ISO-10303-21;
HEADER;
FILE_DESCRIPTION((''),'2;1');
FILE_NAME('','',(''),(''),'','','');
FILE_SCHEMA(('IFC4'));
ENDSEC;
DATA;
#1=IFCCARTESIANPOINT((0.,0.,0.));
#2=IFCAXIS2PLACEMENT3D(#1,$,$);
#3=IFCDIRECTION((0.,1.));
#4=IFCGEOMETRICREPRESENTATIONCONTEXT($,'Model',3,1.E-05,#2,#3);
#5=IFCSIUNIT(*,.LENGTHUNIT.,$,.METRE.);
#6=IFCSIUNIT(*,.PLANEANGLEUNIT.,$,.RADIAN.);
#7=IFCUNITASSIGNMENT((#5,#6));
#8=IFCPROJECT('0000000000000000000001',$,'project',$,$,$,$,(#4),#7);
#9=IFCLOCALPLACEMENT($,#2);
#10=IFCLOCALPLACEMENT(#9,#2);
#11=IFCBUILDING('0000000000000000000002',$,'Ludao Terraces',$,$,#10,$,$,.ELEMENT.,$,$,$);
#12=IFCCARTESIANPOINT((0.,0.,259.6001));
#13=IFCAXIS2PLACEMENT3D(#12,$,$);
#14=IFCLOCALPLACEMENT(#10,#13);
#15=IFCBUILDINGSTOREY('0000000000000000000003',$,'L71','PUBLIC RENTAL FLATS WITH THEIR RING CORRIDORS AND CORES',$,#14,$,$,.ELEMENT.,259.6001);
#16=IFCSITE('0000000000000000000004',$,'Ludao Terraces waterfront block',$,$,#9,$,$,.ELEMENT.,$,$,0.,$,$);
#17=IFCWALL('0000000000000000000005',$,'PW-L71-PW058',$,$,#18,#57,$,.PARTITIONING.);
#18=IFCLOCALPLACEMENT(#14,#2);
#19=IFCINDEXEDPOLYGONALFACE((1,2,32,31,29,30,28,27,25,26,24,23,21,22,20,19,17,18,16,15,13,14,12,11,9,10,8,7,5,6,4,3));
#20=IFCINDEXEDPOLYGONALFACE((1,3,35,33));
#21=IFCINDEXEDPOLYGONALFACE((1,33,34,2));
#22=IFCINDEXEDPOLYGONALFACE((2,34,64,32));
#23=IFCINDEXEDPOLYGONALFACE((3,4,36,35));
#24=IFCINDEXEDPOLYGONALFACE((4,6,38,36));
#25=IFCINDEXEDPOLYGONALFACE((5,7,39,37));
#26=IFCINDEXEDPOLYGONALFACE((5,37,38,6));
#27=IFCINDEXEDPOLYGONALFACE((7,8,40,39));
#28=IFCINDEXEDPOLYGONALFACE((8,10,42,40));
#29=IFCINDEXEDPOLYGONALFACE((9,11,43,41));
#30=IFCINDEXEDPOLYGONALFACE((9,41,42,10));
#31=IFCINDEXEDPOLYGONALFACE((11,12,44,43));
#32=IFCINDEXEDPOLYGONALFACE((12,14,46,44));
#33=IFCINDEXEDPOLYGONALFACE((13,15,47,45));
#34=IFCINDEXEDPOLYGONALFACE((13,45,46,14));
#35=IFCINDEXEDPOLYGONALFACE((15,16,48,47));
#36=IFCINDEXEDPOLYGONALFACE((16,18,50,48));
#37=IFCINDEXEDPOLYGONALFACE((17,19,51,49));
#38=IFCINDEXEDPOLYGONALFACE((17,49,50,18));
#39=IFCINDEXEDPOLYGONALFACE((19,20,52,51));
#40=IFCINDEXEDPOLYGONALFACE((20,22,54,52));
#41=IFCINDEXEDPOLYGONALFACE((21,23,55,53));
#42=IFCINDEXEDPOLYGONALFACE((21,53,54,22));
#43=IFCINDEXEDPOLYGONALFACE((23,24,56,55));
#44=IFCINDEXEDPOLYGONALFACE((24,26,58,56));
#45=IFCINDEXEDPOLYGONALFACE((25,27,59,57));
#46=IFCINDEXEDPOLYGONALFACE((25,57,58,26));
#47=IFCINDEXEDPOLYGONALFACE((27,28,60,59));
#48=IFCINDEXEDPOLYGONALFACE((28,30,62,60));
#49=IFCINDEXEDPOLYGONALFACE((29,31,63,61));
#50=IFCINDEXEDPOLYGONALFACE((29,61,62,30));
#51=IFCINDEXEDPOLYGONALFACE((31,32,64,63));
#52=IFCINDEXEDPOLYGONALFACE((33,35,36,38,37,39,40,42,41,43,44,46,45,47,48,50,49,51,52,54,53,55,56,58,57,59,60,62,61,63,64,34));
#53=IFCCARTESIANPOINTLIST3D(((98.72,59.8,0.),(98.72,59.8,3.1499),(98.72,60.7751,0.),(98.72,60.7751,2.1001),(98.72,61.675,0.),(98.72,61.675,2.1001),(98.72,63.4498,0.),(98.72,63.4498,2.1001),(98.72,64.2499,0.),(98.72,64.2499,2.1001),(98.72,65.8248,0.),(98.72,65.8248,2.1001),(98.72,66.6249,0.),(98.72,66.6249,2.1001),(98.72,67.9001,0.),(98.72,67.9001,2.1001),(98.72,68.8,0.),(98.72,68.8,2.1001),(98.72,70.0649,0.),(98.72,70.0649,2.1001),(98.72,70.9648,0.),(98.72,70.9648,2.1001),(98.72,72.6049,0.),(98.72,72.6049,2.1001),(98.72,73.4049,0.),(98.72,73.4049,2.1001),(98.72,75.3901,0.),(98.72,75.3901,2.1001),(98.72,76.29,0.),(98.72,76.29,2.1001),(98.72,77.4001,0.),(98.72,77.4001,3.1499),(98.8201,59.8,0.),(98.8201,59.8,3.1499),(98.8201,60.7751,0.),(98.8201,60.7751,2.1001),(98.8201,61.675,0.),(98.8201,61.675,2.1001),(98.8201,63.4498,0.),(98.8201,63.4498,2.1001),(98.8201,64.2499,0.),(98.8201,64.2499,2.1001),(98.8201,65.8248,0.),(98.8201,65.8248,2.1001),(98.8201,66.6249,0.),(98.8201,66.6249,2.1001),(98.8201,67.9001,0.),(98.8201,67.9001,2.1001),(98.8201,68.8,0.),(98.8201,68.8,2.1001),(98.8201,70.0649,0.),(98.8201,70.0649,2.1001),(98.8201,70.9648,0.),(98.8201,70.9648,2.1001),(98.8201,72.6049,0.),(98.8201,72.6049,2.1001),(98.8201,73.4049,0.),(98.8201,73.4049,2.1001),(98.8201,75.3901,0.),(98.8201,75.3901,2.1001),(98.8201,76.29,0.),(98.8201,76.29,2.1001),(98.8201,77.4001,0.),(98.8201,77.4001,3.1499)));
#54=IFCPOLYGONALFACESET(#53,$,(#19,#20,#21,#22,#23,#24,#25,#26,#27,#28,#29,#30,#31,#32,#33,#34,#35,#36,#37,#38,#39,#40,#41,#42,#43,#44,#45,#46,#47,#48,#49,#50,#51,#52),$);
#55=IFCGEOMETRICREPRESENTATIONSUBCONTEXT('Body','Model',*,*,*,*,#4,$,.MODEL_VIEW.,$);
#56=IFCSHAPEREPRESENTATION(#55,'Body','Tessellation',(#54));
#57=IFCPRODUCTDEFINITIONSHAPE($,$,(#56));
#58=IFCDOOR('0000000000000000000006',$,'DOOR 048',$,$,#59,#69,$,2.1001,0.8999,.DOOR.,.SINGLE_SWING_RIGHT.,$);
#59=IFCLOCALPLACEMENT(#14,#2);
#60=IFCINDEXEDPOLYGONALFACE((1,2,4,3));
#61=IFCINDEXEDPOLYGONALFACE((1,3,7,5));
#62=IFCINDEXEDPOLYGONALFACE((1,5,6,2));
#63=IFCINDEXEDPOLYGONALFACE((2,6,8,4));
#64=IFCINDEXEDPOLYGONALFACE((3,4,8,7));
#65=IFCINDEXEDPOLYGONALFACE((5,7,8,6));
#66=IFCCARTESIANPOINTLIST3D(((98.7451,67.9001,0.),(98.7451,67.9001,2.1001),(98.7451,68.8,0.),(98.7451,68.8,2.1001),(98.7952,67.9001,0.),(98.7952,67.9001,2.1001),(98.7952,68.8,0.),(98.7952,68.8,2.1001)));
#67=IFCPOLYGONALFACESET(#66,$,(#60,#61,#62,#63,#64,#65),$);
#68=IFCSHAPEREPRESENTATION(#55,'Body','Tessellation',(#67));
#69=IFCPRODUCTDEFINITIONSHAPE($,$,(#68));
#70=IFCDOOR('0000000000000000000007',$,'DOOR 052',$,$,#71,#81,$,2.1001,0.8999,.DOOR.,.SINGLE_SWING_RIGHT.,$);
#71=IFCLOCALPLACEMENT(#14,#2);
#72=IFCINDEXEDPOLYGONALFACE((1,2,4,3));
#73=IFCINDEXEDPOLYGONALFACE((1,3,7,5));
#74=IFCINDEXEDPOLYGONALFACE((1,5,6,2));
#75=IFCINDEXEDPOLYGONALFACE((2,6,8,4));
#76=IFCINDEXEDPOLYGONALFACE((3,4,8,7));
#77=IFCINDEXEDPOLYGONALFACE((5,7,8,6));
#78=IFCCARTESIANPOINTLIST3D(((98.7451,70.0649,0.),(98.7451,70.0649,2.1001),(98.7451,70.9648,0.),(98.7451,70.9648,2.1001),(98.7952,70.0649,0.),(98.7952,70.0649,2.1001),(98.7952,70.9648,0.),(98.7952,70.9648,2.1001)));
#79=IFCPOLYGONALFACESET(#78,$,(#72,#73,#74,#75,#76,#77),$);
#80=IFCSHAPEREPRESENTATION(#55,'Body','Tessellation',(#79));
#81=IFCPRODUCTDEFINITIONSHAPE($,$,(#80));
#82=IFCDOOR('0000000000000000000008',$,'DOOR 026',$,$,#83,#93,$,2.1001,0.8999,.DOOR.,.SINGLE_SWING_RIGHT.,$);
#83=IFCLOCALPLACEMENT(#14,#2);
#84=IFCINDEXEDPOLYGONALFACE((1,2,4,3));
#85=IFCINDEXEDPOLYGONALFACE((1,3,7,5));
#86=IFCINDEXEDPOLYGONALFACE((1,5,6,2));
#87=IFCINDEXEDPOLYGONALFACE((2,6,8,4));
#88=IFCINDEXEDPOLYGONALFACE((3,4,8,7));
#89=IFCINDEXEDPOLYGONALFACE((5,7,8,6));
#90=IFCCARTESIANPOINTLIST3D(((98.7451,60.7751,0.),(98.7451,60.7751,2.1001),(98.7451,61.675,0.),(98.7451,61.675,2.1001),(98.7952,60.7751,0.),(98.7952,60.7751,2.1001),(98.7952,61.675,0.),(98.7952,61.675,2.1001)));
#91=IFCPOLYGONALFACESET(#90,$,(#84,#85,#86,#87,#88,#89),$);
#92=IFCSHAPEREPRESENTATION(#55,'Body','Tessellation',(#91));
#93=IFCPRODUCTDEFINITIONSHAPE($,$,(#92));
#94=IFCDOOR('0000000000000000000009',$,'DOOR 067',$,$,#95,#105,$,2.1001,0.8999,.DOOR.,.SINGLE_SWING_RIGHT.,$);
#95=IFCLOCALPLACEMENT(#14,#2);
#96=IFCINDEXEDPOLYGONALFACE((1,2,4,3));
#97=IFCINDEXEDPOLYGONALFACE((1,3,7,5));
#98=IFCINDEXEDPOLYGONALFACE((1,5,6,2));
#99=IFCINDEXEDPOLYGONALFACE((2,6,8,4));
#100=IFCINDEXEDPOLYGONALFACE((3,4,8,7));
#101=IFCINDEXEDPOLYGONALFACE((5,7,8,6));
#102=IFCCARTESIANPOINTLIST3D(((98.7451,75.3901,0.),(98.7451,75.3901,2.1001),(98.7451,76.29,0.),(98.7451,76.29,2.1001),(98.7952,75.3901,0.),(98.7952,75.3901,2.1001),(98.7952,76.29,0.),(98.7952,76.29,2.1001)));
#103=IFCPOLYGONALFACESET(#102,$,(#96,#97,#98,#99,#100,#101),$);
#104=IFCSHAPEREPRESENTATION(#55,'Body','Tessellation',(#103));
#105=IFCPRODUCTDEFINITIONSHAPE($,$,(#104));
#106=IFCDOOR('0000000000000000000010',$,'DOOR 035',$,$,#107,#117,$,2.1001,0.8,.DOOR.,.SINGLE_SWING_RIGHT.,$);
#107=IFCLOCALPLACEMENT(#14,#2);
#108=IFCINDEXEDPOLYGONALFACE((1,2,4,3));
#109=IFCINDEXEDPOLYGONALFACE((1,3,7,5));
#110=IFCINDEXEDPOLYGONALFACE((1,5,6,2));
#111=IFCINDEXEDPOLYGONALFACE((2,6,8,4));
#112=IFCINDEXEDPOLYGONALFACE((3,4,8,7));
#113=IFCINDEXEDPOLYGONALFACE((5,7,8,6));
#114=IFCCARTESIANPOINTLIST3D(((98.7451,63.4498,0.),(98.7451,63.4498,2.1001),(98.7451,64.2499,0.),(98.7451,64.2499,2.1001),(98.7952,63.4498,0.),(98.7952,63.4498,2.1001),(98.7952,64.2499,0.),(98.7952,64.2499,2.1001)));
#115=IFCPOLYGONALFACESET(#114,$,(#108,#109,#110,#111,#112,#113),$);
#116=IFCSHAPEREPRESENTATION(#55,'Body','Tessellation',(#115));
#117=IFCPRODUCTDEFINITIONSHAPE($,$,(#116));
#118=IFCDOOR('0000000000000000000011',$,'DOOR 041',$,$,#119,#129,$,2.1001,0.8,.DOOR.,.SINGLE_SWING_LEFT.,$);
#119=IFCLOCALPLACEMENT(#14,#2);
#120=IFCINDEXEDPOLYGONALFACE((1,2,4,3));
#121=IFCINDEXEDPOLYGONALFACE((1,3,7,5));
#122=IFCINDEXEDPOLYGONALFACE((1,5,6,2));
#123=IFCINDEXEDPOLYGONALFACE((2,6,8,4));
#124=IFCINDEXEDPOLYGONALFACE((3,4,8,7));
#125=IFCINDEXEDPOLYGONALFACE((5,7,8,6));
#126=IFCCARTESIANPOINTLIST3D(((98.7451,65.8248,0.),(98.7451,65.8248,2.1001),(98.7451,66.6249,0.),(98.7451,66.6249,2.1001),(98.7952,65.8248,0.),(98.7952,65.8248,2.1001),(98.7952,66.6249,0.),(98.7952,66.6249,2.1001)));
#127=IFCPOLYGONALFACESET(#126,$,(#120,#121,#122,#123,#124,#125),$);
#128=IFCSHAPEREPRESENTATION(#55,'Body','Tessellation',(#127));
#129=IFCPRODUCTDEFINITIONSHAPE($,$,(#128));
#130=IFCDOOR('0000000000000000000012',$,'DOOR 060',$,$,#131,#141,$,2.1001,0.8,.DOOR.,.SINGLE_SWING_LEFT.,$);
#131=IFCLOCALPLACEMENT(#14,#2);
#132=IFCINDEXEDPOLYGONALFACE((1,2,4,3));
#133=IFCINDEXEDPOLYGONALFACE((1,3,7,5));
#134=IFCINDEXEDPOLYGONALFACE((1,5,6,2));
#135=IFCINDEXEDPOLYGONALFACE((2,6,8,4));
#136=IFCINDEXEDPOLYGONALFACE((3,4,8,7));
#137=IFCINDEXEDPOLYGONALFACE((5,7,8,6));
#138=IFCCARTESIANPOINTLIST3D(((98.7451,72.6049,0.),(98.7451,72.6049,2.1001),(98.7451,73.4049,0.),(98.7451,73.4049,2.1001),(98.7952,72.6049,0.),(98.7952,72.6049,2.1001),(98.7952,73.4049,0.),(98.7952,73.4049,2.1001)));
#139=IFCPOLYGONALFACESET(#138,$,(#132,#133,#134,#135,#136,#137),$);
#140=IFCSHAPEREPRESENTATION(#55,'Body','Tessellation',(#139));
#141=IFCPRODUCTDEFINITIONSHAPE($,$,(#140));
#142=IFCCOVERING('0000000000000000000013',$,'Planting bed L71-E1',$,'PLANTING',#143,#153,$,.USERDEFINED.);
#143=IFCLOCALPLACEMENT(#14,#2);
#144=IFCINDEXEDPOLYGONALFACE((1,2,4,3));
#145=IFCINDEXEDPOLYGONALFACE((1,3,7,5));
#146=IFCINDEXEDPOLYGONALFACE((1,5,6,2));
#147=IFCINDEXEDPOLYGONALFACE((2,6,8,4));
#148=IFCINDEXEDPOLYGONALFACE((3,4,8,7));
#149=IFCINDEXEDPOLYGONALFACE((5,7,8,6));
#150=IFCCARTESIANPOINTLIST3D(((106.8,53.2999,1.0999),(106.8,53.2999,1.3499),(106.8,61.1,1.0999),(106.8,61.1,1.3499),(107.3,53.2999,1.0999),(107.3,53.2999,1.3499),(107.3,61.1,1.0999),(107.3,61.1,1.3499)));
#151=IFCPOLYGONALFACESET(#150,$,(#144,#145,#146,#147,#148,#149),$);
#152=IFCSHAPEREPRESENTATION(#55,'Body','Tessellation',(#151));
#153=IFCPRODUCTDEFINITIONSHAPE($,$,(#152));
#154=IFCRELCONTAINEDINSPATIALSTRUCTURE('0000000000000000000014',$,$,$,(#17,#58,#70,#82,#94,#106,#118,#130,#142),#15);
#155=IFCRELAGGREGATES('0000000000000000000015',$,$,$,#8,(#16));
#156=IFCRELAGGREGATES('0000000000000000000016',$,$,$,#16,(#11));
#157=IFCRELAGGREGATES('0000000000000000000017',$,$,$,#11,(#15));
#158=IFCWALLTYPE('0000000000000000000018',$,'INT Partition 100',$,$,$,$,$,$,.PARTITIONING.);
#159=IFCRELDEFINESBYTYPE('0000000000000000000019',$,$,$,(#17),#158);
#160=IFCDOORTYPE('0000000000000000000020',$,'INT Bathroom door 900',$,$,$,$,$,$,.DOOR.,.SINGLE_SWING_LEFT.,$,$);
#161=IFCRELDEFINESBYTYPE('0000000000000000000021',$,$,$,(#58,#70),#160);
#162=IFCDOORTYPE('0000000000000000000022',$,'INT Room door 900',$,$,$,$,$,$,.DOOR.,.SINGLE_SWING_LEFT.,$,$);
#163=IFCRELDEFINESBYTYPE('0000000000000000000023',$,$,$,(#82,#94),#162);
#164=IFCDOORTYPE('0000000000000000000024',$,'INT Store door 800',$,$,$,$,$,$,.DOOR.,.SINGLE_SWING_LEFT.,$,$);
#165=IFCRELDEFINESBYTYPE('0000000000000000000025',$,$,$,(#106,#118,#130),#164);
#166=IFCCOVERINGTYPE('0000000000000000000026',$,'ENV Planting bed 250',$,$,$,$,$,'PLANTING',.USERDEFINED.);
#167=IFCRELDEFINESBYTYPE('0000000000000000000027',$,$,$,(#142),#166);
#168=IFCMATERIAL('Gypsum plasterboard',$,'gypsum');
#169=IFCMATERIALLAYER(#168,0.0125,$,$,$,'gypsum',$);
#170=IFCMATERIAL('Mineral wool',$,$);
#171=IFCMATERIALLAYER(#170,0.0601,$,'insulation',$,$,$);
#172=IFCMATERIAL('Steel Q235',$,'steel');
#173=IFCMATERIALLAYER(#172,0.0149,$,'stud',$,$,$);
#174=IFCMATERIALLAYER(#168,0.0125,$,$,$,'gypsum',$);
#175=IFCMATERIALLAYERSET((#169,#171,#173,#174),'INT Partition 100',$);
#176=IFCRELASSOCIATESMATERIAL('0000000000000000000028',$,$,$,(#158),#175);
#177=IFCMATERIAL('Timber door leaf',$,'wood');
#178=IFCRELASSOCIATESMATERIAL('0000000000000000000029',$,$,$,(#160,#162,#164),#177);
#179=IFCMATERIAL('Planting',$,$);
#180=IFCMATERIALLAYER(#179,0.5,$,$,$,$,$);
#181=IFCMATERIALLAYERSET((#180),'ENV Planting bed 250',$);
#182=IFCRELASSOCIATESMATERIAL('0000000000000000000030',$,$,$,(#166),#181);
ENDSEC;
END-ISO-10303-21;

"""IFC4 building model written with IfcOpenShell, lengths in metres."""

from ifc_helpers import new_model, si_unit, direction, frame, frame_2d, origin, origin_2d, place, context, subcontext, project, spatial, rectangle, extrude, material, layer, layer_set, type_object, element, fill, save


model = new_model("IFC4")

# Units and contexts
model_context = context("Model", 3, precision=1e-05, world=origin(), true_north=direction((0.0, 1.0)))
body_context = subcontext(model_context, "Body", "Model", "MODEL_VIEW")
ifc_project = project(units=[si_unit("LENGTHUNIT", "METRE"), si_unit("PLANEANGLEUNIT", "RADIAN")], contexts=[model_context])

# Site, building, storey
site_placement = place(None, origin())
site = spatial("IfcSite", under=ifc_project, at=site_placement, Name="Ludao Terraces waterfront block", CompositionType="ELEMENT", RefElevation=0.0)
building_placement = place(site_placement, origin())
building = spatial("IfcBuilding", under=site, at=building_placement, Name="Ludao Terraces", CompositionType="ELEMENT")
storey_placement = place(building_placement, frame((0.0, 0.0, 259.6001)))
storey = spatial("IfcBuildingStorey", under=building, at=storey_placement, Name="L71", Description="PUBLIC RENTAL FLATS WITH THEIR RING CORRIDORS AND CORES", CompositionType="ELEMENT", Elevation=259.6001)

# Shared definitions
ifc_material_1 = material(Name="Mineral wool")

# Shared definitions
ifc_material_2 = material(Name="Gypsum plasterboard", Category="gypsum")
ifc_layer_1 = layer(ifc_material_2, 0.0125, Category="gypsum")
ifc_layer_2 = layer(ifc_material_1, 0.0601, Name="insulation")
ifc_material_3 = material(Name="Steel Q235", Category="steel")
ifc_layer_3 = layer(ifc_material_3, 0.0149, Name="stud")
ifc_layer_4 = layer(ifc_material_2, 0.0125, Category="gypsum")
ifc_layer_set_1 = layer_set([ifc_layer_1, ifc_layer_2, ifc_layer_3, ifc_layer_4], Name="INT Partition 100")
wall_type_1 = type_object("IfcWallType", Name="INT Partition 100", PredefinedType="PARTITIONING", material=ifc_layer_set_1)

# Wall, openings, doors
wall_1_placement = place(storey_placement, frame((98.77, 59.8, 0.0), z_axis=(0.0, 0.0, 1.0), x_axis=(0.0, 1.0, 0.0)))
wall_1 = element("IfcWall", 1, at=wall_1_placement, inside=storey, type_object=wall_type_1, Name="PW-L71-PW058", PredefinedType="PARTITIONING", context=body_context, shape_type="SweptSolid", body=[
    extrude(rectangle(XDim=17.6001, YDim=0.1001, at=frame_2d((8.8, 0.0))), origin(), (0.0, 0.0, 1.0), 3.1499),
])
opening_1_placement = place(wall_1_placement, frame((0.9751, 0.0, 0.0)))
opening_1 = element("IfcOpeningElement", 2, at=opening_1_placement, cuts=wall_1, PredefinedType="OPENING", context=body_context, shape_type="SweptSolid", body=[
    extrude(rectangle(XDim=0.8999, YDim=2.1001, at=frame_2d((0.45, 1.05))), frame((0.0, 0.0601, 0.0), z_axis=(0.0, -1.0, 0.0), x_axis=(1.0, 0.0, 0.0)), (0.0, 0.0, 1.0), 0.1201),
])
opening_2_placement = place(wall_1_placement, frame((3.6499, 0.0, 0.0)))
opening_2 = element("IfcOpeningElement", 3, at=opening_2_placement, cuts=wall_1, PredefinedType="OPENING", context=body_context, shape_type="SweptSolid", body=[
    extrude(rectangle(XDim=0.8, YDim=2.1001, at=frame_2d((0.3999, 1.05))), frame((0.0, 0.0601, 0.0), z_axis=(0.0, -1.0, 0.0), x_axis=(1.0, 0.0, 0.0)), (0.0, 0.0, 1.0), 0.1201),
])
opening_3_placement = place(wall_1_placement, frame((6.0249, 0.0, 0.0)))
opening_3 = element("IfcOpeningElement", 4, at=opening_3_placement, cuts=wall_1, PredefinedType="OPENING", context=body_context, shape_type="SweptSolid", body=[
    extrude(rectangle(XDim=0.8, YDim=2.1001, at=frame_2d((0.3999, 1.05))), frame((0.0, 0.0601, 0.0), z_axis=(0.0, -1.0, 0.0), x_axis=(1.0, 0.0, 0.0)), (0.0, 0.0, 1.0), 0.1201),
])
opening_4_placement = place(wall_1_placement, frame((8.1001, 0.0, 0.0)))
opening_4 = element("IfcOpeningElement", 5, at=opening_4_placement, cuts=wall_1, PredefinedType="OPENING", context=body_context, shape_type="SweptSolid", body=[
    extrude(rectangle(XDim=0.8999, YDim=2.1001, at=frame_2d((0.45, 1.05))), frame((0.0, 0.0601, 0.0), z_axis=(0.0, -1.0, 0.0), x_axis=(1.0, 0.0, 0.0)), (0.0, 0.0, 1.0), 0.1201),
])
opening_5_placement = place(wall_1_placement, frame((10.2649, 0.0, 0.0)))
opening_5 = element("IfcOpeningElement", 6, at=opening_5_placement, cuts=wall_1, PredefinedType="OPENING", context=body_context, shape_type="SweptSolid", body=[
    extrude(rectangle(XDim=0.8999, YDim=2.1001, at=frame_2d((0.45, 1.05))), frame((0.0, 0.0601, 0.0), z_axis=(0.0, -1.0, 0.0), x_axis=(1.0, 0.0, 0.0)), (0.0, 0.0, 1.0), 0.1201),
])
opening_6_placement = place(wall_1_placement, frame((12.8049, 0.0, 0.0)))
opening_6 = element("IfcOpeningElement", 7, at=opening_6_placement, cuts=wall_1, PredefinedType="OPENING", context=body_context, shape_type="SweptSolid", body=[
    extrude(rectangle(XDim=0.8, YDim=2.1001, at=frame_2d((0.3999, 1.05))), frame((0.0, 0.0601, 0.0), z_axis=(0.0, -1.0, 0.0), x_axis=(1.0, 0.0, 0.0)), (0.0, 0.0, 1.0), 0.1201),
])
opening_7_placement = place(wall_1_placement, frame((15.5901, 0.0, 0.0)))
opening_7 = element("IfcOpeningElement", 8, at=opening_7_placement, cuts=wall_1, PredefinedType="OPENING", context=body_context, shape_type="SweptSolid", body=[
    extrude(rectangle(XDim=0.8999, YDim=2.1001, at=frame_2d((0.45, 1.05))), frame((0.0, 0.0601, 0.0), z_axis=(0.0, -1.0, 0.0), x_axis=(1.0, 0.0, 0.0)), (0.0, 0.0, 1.0), 0.1201),
])
ifc_material_4 = material(Name="Timber door leaf", Category="wood")
door_type_1 = type_object("IfcDoorType", Name="INT Bathroom door 900", OperationType="SINGLE_SWING_LEFT", PredefinedType="DOOR", material=ifc_material_4)
door_1_placement = place(opening_4_placement, origin())
door_1 = element("IfcDoor", 9, at=door_1_placement, inside=storey, type_object=door_type_1, Name="DOOR 048", OperationType="SINGLE_SWING_RIGHT", OverallHeight=2.1001, OverallWidth=0.8999, PredefinedType="DOOR", context=body_context, shape_type="SweptSolid", body=[
    extrude(rectangle(XDim=0.8999, YDim=2.1001, at=frame_2d((0.45, 1.05))), frame((0.0, 0.0249, 0.0), z_axis=(0.0, -1.0, 0.0), x_axis=(1.0, 0.0, 0.0)), (0.0, 0.0, 1.0), 0.05),
])
fill(opening_4, door_1)
door_2_placement = place(opening_5_placement, origin())
door_2 = element("IfcDoor", 10, at=door_2_placement, inside=storey, type_object=door_type_1, Name="DOOR 052", OperationType="SINGLE_SWING_RIGHT", OverallHeight=2.1001, OverallWidth=0.8999, PredefinedType="DOOR", context=body_context, shape_type="SweptSolid", body=[
    extrude(rectangle(XDim=0.8999, YDim=2.1001, at=frame_2d((0.45, 1.05))), frame((0.0, 0.0249, 0.0), z_axis=(0.0, -1.0, 0.0), x_axis=(1.0, 0.0, 0.0)), (0.0, 0.0, 1.0), 0.05),
])
fill(opening_5, door_2)
door_type_2 = type_object("IfcDoorType", Name="INT Room door 900", OperationType="SINGLE_SWING_LEFT", PredefinedType="DOOR", material=ifc_material_4)
door_3_placement = place(opening_1_placement, origin())
door_3 = element("IfcDoor", 11, at=door_3_placement, inside=storey, type_object=door_type_2, Name="DOOR 026", OperationType="SINGLE_SWING_RIGHT", OverallHeight=2.1001, OverallWidth=0.8999, PredefinedType="DOOR", context=body_context, shape_type="SweptSolid", body=[
    extrude(rectangle(XDim=0.8999, YDim=2.1001, at=frame_2d((0.45, 1.05))), frame((0.0, 0.0249, 0.0), z_axis=(0.0, -1.0, 0.0), x_axis=(1.0, 0.0, 0.0)), (0.0, 0.0, 1.0), 0.05),
])
fill(opening_1, door_3)
door_4_placement = place(opening_7_placement, origin())
door_4 = element("IfcDoor", 12, at=door_4_placement, inside=storey, type_object=door_type_2, Name="DOOR 067", OperationType="SINGLE_SWING_RIGHT", OverallHeight=2.1001, OverallWidth=0.8999, PredefinedType="DOOR", context=body_context, shape_type="SweptSolid", body=[
    extrude(rectangle(XDim=0.8999, YDim=2.1001, at=frame_2d((0.45, 1.05))), frame((0.0, 0.0249, 0.0), z_axis=(0.0, -1.0, 0.0), x_axis=(1.0, 0.0, 0.0)), (0.0, 0.0, 1.0), 0.05),
])
fill(opening_7, door_4)
door_type_3 = type_object("IfcDoorType", Name="INT Store door 800", OperationType="SINGLE_SWING_LEFT", PredefinedType="DOOR", material=ifc_material_4)
door_5_placement = place(opening_2_placement, origin())
door_5 = element("IfcDoor", 13, at=door_5_placement, inside=storey, type_object=door_type_3, Name="DOOR 035", OperationType="SINGLE_SWING_RIGHT", OverallHeight=2.1001, OverallWidth=0.8, PredefinedType="DOOR", context=body_context, shape_type="SweptSolid", body=[
    extrude(rectangle(XDim=0.8, YDim=2.1001, at=frame_2d((0.3999, 1.05))), frame((0.0, 0.0249, 0.0), z_axis=(0.0, -1.0, 0.0), x_axis=(1.0, 0.0, 0.0)), (0.0, 0.0, 1.0), 0.05),
])
fill(opening_2, door_5)
door_6_placement = place(opening_3_placement, origin())
door_6 = element("IfcDoor", 14, at=door_6_placement, inside=storey, type_object=door_type_3, Name="DOOR 041", OperationType="SINGLE_SWING_LEFT", OverallHeight=2.1001, OverallWidth=0.8, PredefinedType="DOOR", context=body_context, shape_type="SweptSolid", body=[
    extrude(rectangle(XDim=0.8, YDim=2.1001, at=frame_2d((0.3999, 1.05))), frame((0.0, 0.0249, 0.0), z_axis=(0.0, -1.0, 0.0), x_axis=(1.0, 0.0, 0.0)), (0.0, 0.0, 1.0), 0.05),
])
fill(opening_3, door_6)
door_7_placement = place(opening_6_placement, origin())
door_7 = element("IfcDoor", 15, at=door_7_placement, inside=storey, type_object=door_type_3, Name="DOOR 060", OperationType="SINGLE_SWING_LEFT", OverallHeight=2.1001, OverallWidth=0.8, PredefinedType="DOOR", context=body_context, shape_type="SweptSolid", body=[
    extrude(rectangle(XDim=0.8, YDim=2.1001, at=frame_2d((0.3999, 1.05))), frame((0.0, 0.0249, 0.0), z_axis=(0.0, -1.0, 0.0), x_axis=(1.0, 0.0, 0.0)), (0.0, 0.0, 1.0), 0.05),
])
fill(opening_6, door_7)

# Covering
ifc_material_5 = material(Name="Planting")
ifc_layer_5 = layer(ifc_material_5, 0.5)
ifc_layer_set_2 = layer_set([ifc_layer_5], Name="ENV Planting bed 250")
covering_type_1 = type_object("IfcCoveringType", Name="ENV Planting bed 250", ElementType="PLANTING", PredefinedType="USERDEFINED", material=ifc_layer_set_2)
covering_1_placement = place(storey_placement, frame((107.05, 57.2, 1.0999), z_axis=(0.0, 0.0, 1.0), x_axis=(1.0, 0.0, 0.0)))
element("IfcCovering", 16, at=covering_1_placement, inside=storey, type_object=covering_type_1, Name="Planting bed L71-E1", ObjectType="PLANTING", PredefinedType="USERDEFINED", context=body_context, shape_type="SweptSolid", body=[
    extrude(rectangle(XDim=0.5, YDim=7.8, at=origin_2d()), origin(), (0.0, 0.0, 1.0), 0.25),
])

save(model, "model.ifc")
